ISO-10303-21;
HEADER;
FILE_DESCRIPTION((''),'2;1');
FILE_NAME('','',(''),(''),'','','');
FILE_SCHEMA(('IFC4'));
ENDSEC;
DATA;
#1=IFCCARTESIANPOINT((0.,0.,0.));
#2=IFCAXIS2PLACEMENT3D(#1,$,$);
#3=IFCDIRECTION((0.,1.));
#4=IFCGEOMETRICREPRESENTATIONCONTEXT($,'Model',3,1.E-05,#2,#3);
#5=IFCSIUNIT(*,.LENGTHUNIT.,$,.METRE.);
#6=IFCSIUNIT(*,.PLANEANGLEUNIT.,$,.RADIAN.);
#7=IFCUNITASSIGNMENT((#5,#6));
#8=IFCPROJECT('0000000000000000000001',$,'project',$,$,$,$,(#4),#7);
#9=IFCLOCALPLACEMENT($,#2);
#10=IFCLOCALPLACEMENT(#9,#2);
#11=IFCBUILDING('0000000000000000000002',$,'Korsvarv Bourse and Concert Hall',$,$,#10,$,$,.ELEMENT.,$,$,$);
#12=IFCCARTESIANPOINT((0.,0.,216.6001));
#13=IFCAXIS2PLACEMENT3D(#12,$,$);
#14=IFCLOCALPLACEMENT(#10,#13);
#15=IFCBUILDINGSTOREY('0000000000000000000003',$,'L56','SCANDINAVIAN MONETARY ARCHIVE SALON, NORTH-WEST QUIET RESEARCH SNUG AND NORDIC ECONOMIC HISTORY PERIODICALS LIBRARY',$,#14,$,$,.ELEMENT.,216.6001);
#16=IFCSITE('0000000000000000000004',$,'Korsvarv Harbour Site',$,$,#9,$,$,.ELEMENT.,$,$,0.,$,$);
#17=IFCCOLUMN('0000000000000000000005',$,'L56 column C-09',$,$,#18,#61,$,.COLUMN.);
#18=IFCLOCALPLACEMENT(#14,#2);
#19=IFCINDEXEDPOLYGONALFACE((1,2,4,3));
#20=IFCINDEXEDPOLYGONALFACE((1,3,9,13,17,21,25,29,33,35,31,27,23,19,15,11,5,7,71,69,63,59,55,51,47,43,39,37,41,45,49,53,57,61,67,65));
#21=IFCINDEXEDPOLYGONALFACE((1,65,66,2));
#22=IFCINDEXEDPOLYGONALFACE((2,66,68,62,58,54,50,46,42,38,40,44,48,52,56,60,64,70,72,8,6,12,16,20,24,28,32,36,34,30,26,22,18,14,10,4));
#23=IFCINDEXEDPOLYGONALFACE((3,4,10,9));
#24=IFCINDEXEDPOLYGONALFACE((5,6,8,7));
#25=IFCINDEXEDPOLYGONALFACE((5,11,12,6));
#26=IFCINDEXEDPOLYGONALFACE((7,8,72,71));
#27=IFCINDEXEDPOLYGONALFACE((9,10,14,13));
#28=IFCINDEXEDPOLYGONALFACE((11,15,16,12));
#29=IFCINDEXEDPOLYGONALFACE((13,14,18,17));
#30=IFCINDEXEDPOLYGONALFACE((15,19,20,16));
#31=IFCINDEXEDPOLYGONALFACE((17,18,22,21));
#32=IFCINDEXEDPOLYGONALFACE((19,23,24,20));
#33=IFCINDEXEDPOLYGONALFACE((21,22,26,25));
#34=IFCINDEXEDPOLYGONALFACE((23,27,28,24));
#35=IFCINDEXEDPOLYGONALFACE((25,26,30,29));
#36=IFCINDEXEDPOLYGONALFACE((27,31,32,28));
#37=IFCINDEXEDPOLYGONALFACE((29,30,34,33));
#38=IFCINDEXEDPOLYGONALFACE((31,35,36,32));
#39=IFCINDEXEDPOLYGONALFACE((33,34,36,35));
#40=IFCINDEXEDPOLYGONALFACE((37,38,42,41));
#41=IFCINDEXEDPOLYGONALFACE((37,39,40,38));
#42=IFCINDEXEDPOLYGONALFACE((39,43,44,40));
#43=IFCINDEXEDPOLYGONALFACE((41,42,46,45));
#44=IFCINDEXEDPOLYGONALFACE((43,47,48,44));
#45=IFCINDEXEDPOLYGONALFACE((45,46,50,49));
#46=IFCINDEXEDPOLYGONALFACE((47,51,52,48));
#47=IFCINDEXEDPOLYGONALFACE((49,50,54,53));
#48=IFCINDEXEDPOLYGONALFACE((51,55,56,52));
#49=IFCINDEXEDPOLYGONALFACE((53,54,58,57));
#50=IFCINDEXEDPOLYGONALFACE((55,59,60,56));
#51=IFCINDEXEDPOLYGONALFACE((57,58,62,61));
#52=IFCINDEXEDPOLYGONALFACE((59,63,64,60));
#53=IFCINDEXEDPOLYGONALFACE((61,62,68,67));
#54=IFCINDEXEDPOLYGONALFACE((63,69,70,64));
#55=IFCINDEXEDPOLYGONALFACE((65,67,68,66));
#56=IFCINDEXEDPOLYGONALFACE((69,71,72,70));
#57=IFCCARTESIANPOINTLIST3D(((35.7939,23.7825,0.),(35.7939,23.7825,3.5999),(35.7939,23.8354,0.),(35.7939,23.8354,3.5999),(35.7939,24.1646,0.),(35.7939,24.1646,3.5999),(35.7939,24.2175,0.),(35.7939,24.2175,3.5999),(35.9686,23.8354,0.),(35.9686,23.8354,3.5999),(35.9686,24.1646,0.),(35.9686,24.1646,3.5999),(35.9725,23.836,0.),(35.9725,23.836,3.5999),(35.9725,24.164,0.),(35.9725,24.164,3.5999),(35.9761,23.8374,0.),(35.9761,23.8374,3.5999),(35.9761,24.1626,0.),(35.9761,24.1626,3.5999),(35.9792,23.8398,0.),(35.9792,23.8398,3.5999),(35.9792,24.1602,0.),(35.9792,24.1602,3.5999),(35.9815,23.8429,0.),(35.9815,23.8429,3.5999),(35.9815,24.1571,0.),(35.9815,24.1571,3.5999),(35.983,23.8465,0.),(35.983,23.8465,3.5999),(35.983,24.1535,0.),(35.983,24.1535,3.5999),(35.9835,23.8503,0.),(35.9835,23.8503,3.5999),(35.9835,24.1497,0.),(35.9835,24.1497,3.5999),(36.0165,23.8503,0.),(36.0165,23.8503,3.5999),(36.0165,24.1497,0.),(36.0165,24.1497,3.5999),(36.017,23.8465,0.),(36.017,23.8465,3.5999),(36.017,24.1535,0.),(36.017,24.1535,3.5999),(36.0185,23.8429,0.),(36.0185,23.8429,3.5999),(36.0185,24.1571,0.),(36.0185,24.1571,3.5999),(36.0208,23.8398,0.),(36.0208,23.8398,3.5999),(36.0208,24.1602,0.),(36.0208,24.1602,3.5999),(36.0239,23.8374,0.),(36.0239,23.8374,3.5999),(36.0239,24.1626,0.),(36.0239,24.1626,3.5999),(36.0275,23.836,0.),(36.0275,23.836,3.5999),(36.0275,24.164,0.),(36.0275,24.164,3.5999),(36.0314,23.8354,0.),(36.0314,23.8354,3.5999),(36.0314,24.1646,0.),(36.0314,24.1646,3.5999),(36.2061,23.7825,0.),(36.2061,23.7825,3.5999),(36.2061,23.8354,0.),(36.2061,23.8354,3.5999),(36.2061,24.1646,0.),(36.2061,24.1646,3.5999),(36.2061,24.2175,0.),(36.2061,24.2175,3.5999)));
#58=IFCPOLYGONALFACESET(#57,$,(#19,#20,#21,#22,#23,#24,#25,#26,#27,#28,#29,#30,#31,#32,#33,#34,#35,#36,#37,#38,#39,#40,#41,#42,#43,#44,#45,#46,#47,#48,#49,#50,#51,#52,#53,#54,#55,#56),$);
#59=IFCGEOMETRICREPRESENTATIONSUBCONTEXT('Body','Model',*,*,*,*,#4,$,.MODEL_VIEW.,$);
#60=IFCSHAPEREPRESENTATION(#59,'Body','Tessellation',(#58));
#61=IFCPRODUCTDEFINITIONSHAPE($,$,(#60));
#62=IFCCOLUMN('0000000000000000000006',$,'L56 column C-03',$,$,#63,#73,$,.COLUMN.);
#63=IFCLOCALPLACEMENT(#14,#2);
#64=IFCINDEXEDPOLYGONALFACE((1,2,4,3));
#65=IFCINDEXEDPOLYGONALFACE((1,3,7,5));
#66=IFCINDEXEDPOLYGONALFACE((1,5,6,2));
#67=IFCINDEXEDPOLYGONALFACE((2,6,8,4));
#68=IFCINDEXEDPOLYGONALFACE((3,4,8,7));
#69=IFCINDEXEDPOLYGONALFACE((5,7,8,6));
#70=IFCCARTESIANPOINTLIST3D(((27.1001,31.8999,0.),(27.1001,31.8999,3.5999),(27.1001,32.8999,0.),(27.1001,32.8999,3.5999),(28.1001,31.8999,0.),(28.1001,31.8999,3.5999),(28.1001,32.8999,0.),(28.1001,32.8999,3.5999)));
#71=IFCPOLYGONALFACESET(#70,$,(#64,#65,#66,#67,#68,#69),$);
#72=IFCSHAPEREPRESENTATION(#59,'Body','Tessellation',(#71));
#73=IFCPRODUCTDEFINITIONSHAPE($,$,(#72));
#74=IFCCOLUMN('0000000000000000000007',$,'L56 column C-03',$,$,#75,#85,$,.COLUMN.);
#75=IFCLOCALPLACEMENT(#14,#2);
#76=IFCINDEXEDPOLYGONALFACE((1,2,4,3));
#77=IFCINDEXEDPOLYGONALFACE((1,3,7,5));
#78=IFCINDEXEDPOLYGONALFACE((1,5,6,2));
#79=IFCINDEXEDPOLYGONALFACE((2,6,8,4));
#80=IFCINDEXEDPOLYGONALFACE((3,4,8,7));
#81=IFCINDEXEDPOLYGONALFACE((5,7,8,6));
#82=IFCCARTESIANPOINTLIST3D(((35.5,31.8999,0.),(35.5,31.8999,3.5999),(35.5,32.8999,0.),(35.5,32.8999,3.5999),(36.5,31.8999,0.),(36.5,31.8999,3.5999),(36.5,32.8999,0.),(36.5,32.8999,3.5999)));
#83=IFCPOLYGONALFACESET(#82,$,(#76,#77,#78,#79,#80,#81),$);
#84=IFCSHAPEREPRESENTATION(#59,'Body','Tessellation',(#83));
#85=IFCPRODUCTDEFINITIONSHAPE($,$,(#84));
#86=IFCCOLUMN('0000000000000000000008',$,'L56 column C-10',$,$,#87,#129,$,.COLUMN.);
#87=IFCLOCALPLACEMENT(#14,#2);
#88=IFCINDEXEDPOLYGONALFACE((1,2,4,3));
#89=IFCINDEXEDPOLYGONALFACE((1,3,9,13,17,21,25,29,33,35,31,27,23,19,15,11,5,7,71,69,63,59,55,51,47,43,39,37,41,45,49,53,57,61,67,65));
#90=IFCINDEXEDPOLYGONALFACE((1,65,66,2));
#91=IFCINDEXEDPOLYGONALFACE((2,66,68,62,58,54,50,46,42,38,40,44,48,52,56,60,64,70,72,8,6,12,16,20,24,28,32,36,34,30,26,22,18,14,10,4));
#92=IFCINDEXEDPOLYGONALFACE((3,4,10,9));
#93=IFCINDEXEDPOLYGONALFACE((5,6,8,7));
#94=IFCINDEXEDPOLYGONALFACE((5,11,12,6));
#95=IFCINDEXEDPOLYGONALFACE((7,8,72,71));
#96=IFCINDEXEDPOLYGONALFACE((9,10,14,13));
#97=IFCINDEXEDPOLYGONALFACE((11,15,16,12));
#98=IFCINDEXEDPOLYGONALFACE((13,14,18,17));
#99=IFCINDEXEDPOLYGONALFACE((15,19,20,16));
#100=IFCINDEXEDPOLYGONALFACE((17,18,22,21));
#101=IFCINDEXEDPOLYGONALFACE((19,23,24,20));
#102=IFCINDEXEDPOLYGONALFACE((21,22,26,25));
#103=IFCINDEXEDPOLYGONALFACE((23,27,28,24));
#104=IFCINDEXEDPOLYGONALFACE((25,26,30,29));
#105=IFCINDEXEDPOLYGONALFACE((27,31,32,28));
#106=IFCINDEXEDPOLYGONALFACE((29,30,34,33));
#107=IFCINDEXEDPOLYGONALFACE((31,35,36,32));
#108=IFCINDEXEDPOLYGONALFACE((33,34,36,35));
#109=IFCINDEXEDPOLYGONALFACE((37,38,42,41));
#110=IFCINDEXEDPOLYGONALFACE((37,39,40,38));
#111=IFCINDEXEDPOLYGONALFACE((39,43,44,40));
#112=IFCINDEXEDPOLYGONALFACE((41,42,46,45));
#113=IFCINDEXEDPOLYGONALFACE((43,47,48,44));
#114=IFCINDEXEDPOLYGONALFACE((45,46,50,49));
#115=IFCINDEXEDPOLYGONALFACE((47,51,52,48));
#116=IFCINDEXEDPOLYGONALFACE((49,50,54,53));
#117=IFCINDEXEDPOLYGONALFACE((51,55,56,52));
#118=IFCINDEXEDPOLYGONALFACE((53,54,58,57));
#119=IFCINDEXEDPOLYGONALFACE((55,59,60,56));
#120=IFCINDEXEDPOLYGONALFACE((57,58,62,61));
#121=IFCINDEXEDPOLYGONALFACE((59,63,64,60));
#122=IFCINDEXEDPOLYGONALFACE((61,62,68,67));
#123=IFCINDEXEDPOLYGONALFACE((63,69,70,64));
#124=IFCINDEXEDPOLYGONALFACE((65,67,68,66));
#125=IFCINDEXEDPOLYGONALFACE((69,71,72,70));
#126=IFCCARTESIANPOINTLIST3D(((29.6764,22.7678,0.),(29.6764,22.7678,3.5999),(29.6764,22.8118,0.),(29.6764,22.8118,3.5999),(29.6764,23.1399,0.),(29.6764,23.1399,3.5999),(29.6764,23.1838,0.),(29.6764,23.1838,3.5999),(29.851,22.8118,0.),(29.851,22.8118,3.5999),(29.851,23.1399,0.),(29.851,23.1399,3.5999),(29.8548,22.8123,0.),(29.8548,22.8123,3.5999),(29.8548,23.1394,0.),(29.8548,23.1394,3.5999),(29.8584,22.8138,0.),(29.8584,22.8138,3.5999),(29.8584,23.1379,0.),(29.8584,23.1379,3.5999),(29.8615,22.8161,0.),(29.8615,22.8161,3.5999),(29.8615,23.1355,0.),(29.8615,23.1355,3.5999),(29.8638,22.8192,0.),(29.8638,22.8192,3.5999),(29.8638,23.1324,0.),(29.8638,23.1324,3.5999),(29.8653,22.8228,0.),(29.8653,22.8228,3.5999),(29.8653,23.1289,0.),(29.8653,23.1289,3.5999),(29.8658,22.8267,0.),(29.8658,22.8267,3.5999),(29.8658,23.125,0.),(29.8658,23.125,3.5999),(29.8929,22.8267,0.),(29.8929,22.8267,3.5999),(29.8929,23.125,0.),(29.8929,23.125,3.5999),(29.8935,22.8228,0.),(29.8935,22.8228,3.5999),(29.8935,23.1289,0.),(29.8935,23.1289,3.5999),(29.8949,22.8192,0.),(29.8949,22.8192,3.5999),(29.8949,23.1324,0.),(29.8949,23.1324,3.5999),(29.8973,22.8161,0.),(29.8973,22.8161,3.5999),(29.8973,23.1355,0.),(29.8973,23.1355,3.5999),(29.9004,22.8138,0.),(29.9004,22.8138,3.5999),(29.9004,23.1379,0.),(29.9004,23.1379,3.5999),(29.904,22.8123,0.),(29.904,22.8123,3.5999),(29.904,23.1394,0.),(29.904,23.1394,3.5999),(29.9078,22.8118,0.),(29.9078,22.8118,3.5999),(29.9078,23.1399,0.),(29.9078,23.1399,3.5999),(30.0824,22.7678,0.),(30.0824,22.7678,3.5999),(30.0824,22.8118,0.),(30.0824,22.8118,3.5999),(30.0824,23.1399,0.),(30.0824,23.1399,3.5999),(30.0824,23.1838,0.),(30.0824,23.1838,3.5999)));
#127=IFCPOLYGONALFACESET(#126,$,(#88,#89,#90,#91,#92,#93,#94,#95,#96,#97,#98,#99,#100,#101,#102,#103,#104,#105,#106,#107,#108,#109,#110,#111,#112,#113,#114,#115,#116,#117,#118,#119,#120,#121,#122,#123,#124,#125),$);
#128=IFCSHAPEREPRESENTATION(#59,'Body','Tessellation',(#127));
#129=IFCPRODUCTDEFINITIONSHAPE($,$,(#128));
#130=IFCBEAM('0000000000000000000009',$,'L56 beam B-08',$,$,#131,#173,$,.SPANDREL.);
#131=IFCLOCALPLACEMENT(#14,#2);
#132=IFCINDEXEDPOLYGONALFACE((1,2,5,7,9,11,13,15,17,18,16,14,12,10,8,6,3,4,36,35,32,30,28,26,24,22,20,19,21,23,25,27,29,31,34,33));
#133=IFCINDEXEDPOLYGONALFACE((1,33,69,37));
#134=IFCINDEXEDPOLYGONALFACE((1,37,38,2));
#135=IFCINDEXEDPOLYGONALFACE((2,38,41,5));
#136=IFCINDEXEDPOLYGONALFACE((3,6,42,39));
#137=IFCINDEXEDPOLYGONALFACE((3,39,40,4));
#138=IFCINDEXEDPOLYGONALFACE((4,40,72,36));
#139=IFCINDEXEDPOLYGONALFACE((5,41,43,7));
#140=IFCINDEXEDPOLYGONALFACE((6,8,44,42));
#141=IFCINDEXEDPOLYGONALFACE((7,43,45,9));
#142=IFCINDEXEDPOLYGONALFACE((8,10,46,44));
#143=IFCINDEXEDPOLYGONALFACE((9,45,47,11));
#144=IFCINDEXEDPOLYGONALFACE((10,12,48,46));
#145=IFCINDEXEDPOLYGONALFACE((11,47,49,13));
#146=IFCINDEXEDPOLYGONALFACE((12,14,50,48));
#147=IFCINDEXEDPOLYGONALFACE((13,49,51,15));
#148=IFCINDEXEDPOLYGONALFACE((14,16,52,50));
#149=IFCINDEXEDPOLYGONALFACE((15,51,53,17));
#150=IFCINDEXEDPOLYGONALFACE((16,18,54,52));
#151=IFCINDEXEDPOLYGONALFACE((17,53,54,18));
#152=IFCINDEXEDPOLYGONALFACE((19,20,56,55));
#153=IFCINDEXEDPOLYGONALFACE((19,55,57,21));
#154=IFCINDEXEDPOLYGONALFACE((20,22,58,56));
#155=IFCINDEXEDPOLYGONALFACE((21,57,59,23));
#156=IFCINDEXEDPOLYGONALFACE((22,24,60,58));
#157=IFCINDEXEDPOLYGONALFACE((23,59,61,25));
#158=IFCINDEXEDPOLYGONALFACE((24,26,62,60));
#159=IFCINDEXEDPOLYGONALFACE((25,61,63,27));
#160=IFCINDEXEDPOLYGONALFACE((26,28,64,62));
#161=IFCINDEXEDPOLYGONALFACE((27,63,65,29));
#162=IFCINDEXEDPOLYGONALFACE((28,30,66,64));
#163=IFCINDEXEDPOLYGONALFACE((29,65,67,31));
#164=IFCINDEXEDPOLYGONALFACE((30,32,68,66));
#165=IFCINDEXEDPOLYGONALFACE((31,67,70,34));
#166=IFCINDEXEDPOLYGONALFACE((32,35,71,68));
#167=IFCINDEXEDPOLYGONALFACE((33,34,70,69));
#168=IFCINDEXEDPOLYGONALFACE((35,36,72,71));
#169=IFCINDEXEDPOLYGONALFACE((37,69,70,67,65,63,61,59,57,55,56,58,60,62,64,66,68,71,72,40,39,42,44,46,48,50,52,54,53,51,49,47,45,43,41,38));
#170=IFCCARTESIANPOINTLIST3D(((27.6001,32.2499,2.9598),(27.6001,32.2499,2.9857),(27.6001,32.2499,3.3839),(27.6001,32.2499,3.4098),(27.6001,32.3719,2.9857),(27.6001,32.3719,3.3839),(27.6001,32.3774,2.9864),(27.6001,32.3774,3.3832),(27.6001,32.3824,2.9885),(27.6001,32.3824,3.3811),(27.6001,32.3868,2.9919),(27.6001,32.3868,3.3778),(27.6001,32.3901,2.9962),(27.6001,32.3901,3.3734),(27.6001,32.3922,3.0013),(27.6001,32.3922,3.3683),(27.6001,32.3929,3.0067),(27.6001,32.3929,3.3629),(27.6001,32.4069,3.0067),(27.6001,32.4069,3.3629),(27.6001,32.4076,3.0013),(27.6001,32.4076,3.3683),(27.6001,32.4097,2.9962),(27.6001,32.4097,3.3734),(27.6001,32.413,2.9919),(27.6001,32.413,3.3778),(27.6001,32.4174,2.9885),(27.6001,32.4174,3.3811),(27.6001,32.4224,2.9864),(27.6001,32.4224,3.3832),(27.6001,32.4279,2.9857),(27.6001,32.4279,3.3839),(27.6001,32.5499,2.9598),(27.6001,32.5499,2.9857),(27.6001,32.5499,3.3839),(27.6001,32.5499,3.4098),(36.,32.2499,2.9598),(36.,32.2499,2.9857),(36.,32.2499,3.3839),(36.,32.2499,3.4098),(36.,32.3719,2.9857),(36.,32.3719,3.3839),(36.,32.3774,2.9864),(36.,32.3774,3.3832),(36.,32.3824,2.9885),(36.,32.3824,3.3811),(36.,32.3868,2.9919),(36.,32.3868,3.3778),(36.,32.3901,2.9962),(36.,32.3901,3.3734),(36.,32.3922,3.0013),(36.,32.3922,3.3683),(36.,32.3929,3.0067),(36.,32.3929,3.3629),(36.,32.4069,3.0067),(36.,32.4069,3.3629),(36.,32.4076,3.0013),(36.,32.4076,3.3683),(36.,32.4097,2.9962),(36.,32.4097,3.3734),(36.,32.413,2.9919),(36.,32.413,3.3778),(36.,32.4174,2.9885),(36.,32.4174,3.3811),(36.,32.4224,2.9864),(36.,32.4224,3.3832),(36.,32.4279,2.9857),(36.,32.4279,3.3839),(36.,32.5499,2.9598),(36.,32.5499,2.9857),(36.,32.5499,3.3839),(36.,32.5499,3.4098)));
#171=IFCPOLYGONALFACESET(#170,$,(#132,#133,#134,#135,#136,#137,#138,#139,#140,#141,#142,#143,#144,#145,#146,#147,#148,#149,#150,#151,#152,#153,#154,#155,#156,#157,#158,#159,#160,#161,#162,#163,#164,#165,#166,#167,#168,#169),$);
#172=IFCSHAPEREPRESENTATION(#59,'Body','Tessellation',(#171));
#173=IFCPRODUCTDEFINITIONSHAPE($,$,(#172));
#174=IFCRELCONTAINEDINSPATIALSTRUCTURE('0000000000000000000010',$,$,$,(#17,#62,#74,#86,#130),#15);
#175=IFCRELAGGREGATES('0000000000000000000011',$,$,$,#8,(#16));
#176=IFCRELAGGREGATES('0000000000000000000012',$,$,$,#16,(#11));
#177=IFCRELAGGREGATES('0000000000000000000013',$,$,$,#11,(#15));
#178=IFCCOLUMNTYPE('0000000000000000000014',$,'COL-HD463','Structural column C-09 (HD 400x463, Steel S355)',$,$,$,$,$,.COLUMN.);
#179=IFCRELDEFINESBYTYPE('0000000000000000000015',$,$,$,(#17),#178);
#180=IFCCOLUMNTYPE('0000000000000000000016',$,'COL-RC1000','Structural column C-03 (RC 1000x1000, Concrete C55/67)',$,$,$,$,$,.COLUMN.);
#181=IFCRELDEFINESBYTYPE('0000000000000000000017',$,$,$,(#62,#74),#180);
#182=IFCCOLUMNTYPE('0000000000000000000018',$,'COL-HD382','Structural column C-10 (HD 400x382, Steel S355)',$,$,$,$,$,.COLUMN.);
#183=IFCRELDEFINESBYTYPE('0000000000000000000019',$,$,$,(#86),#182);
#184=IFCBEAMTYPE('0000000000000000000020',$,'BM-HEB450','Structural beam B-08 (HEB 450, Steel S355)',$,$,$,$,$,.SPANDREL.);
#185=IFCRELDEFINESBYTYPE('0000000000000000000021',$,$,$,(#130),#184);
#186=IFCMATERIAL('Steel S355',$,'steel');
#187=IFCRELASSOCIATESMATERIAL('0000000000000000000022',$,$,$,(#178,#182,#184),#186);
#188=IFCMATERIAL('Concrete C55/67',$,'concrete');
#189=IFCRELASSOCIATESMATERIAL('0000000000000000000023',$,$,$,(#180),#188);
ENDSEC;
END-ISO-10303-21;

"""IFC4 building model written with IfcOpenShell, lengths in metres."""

from ifc_helpers import new_model, si_unit, direction, frame, origin, origin_2d, place, context, subcontext, project, spatial, rectangle, i_section, extrude, source, transform, mapped, material, material_profile, profile_set, type_object, element, save


model = new_model("IFC4")

# Units and contexts
model_context = context("Model", 3, precision=1e-05, world=origin(), true_north=direction((0.0, 1.0)))
body_context = subcontext(model_context, "Body", "Model", "MODEL_VIEW")
ifc_project = project(units=[si_unit("LENGTHUNIT", "METRE"), si_unit("PLANEANGLEUNIT", "RADIAN")], contexts=[model_context])

# Site, building, storey
site_placement = place(None, origin())
site = spatial("IfcSite", under=ifc_project, at=site_placement, Name="Korsvarv Harbour Site", CompositionType="ELEMENT", RefElevation=0.0)
building_placement = place(site_placement, origin())
building = spatial("IfcBuilding", under=site, at=building_placement, Name="Korsvarv Bourse and Concert Hall", CompositionType="ELEMENT")
storey_placement = place(building_placement, frame((0.0, 0.0, 216.6001)))
storey = spatial("IfcBuildingStorey", under=building, at=storey_placement, Name="L56", Description="SCANDINAVIAN MONETARY ARCHIVE SALON, NORTH-WEST QUIET RESEARCH SNUG AND NORDIC ECONOMIC HISTORY PERIODICALS LIBRARY", CompositionType="ELEMENT", Elevation=216.6001)

# Columns
ifc_material_1 = material(Name="Steel S355", Category="steel")
ifc_material_profile_1 = material_profile(ifc_material_1, i_section(OverallWidth=0.4121, OverallDepth=0.4351, WebThickness=0.033, FlangeThickness=0.053, FilletRadius=0.0149, at=origin_2d()), Name="HD 400x463")
ifc_profile_set_1 = profile_set([ifc_material_profile_1], Name="Steel S355")
column_type_1 = type_object("IfcColumnType", Name="COL-HD463", Description="Structural column C-09 (HD 400x463, Steel S355)", PredefinedType="COLUMN", material=ifc_profile_set_1)
shared_shape_1 = source(origin(), body_context, "Body", "SweptSolid", [
    extrude(i_section(OverallWidth=0.4121, OverallDepth=0.4351, WebThickness=0.033, FlangeThickness=0.053, FilletRadius=0.0149, at=origin_2d()), origin(), (0.0, 0.0, 1.0), 3.5999),
])
column_1_placement = place(storey_placement, frame((36.0, 24.0, 0.0), z_axis=(0.0, 0.0, 1.0), x_axis=(1.0, 0.0, 0.0)))
element("IfcColumn", 1, at=column_1_placement, inside=storey, type_object=column_type_1, Name="L56 column C-09", PredefinedType="COLUMN", context=body_context, shape_type="MappedRepresentation", body=[
    mapped(shared_shape_1, transform((0.0, 0.0, 0.0), scale=1.0)),
])
ifc_material_2 = material(Name="Concrete C55/67", Category="concrete")
ifc_material_profile_2 = material_profile(ifc_material_2, rectangle(XDim=1.0, YDim=1.0, at=origin_2d()), Name="RC 1000x1000")
ifc_profile_set_2 = profile_set([ifc_material_profile_2], Name="Concrete C55/67")
column_type_2 = type_object("IfcColumnType", Name="COL-RC1000", Description="Structural column C-03 (RC 1000x1000, Concrete C55/67)", PredefinedType="COLUMN", material=ifc_profile_set_2)
shared_shape_2 = source(origin(), body_context, "Body", "SweptSolid", [
    extrude(rectangle(XDim=1.0, YDim=1.0, at=origin_2d()), origin(), (0.0, 0.0, 1.0), 3.5999),
])
for number, where, z_axis, x_axis, name in (
    (2, (27.6001, 32.3999, 0.0), (0.0, 0.0, 1.0), (1.0, 0.0, 0.0), "L56 column C-03"),
    (3, (36.0, 32.3999, 0.0), (0.0, 0.0, 1.0), (1.0, 0.0, 0.0), "L56 column C-03"),
):
    element("IfcColumn", number, at=place(storey_placement, frame(where, z_axis=z_axis, x_axis=x_axis)), inside=storey, type_object=column_type_2, Name=name, PredefinedType="COLUMN", context=body_context, shape_type="MappedRepresentation", body=[
        mapped(shared_shape_2, transform((0.0, 0.0, 0.0), scale=1.0)),
    ])
ifc_material_profile_3 = material_profile(ifc_material_1, i_section(OverallWidth=0.406, OverallDepth=0.416, WebThickness=0.0271, FlangeThickness=0.0439, FilletRadius=0.0149, at=origin_2d()), Name="HD 400x382")
ifc_profile_set_3 = profile_set([ifc_material_profile_3], Name="Steel S355")
column_type_3 = type_object("IfcColumnType", Name="COL-HD382", Description="Structural column C-10 (HD 400x382, Steel S355)", PredefinedType="COLUMN", material=ifc_profile_set_3)
shared_shape_3 = source(origin(), body_context, "Body", "SweptSolid", [
    extrude(i_section(OverallWidth=0.406, OverallDepth=0.416, WebThickness=0.0271, FlangeThickness=0.0439, FilletRadius=0.0149, at=origin_2d()), origin(), (0.0, 0.0, 1.0), 3.5999),
])
column_2_placement = place(storey_placement, frame((29.8794, 22.9758, 0.0), z_axis=(0.0, 0.0, 1.0), x_axis=(1.0, 0.0, 0.0)))
element("IfcColumn", 4, at=column_2_placement, inside=storey, type_object=column_type_3, Name="L56 column C-10", PredefinedType="COLUMN", context=body_context, shape_type="MappedRepresentation", body=[
    mapped(shared_shape_3, transform((0.0, 0.0, 0.0), scale=1.0)),
])

# Beam
ifc_material_profile_4 = material_profile(ifc_material_1, i_section(OverallWidth=0.3, OverallDepth=0.45, WebThickness=0.0139, FlangeThickness=0.0259, FilletRadius=0.021, at=origin_2d()), Name="HEB 450")
ifc_profile_set_4 = profile_set([ifc_material_profile_4], Name="Steel S355")
beam_type_1 = type_object("IfcBeamType", Name="BM-HEB450", Description="Structural beam B-08 (HEB 450, Steel S355)", PredefinedType="SPANDREL", material=ifc_profile_set_4)
shared_shape_4 = source(origin(), body_context, "Body", "SweptSolid", [
    extrude(i_section(OverallWidth=0.3, OverallDepth=0.45, WebThickness=0.0139, FlangeThickness=0.0259, FilletRadius=0.021, at=origin_2d()), origin(), (0.0, 0.0, 1.0), 8.3999),
])
for number, where, z_axis, x_axis, name in (
    (5, (27.6001, 32.3999, 3.1848), (1.0, 0.0, 0.0), (0.0, 1.0, 0.0), "L56 beam B-08"),
):
    element("IfcBeam", number, at=place(storey_placement, frame(where, z_axis=z_axis, x_axis=x_axis)), inside=storey, type_object=beam_type_1, Name=name, PredefinedType="SPANDREL", context=body_context, shape_type="MappedRepresentation", body=[
        mapped(shared_shape_4, transform((0.0, 0.0, 0.0), scale=1.0)),
    ])

save(model, "model.ifc")
